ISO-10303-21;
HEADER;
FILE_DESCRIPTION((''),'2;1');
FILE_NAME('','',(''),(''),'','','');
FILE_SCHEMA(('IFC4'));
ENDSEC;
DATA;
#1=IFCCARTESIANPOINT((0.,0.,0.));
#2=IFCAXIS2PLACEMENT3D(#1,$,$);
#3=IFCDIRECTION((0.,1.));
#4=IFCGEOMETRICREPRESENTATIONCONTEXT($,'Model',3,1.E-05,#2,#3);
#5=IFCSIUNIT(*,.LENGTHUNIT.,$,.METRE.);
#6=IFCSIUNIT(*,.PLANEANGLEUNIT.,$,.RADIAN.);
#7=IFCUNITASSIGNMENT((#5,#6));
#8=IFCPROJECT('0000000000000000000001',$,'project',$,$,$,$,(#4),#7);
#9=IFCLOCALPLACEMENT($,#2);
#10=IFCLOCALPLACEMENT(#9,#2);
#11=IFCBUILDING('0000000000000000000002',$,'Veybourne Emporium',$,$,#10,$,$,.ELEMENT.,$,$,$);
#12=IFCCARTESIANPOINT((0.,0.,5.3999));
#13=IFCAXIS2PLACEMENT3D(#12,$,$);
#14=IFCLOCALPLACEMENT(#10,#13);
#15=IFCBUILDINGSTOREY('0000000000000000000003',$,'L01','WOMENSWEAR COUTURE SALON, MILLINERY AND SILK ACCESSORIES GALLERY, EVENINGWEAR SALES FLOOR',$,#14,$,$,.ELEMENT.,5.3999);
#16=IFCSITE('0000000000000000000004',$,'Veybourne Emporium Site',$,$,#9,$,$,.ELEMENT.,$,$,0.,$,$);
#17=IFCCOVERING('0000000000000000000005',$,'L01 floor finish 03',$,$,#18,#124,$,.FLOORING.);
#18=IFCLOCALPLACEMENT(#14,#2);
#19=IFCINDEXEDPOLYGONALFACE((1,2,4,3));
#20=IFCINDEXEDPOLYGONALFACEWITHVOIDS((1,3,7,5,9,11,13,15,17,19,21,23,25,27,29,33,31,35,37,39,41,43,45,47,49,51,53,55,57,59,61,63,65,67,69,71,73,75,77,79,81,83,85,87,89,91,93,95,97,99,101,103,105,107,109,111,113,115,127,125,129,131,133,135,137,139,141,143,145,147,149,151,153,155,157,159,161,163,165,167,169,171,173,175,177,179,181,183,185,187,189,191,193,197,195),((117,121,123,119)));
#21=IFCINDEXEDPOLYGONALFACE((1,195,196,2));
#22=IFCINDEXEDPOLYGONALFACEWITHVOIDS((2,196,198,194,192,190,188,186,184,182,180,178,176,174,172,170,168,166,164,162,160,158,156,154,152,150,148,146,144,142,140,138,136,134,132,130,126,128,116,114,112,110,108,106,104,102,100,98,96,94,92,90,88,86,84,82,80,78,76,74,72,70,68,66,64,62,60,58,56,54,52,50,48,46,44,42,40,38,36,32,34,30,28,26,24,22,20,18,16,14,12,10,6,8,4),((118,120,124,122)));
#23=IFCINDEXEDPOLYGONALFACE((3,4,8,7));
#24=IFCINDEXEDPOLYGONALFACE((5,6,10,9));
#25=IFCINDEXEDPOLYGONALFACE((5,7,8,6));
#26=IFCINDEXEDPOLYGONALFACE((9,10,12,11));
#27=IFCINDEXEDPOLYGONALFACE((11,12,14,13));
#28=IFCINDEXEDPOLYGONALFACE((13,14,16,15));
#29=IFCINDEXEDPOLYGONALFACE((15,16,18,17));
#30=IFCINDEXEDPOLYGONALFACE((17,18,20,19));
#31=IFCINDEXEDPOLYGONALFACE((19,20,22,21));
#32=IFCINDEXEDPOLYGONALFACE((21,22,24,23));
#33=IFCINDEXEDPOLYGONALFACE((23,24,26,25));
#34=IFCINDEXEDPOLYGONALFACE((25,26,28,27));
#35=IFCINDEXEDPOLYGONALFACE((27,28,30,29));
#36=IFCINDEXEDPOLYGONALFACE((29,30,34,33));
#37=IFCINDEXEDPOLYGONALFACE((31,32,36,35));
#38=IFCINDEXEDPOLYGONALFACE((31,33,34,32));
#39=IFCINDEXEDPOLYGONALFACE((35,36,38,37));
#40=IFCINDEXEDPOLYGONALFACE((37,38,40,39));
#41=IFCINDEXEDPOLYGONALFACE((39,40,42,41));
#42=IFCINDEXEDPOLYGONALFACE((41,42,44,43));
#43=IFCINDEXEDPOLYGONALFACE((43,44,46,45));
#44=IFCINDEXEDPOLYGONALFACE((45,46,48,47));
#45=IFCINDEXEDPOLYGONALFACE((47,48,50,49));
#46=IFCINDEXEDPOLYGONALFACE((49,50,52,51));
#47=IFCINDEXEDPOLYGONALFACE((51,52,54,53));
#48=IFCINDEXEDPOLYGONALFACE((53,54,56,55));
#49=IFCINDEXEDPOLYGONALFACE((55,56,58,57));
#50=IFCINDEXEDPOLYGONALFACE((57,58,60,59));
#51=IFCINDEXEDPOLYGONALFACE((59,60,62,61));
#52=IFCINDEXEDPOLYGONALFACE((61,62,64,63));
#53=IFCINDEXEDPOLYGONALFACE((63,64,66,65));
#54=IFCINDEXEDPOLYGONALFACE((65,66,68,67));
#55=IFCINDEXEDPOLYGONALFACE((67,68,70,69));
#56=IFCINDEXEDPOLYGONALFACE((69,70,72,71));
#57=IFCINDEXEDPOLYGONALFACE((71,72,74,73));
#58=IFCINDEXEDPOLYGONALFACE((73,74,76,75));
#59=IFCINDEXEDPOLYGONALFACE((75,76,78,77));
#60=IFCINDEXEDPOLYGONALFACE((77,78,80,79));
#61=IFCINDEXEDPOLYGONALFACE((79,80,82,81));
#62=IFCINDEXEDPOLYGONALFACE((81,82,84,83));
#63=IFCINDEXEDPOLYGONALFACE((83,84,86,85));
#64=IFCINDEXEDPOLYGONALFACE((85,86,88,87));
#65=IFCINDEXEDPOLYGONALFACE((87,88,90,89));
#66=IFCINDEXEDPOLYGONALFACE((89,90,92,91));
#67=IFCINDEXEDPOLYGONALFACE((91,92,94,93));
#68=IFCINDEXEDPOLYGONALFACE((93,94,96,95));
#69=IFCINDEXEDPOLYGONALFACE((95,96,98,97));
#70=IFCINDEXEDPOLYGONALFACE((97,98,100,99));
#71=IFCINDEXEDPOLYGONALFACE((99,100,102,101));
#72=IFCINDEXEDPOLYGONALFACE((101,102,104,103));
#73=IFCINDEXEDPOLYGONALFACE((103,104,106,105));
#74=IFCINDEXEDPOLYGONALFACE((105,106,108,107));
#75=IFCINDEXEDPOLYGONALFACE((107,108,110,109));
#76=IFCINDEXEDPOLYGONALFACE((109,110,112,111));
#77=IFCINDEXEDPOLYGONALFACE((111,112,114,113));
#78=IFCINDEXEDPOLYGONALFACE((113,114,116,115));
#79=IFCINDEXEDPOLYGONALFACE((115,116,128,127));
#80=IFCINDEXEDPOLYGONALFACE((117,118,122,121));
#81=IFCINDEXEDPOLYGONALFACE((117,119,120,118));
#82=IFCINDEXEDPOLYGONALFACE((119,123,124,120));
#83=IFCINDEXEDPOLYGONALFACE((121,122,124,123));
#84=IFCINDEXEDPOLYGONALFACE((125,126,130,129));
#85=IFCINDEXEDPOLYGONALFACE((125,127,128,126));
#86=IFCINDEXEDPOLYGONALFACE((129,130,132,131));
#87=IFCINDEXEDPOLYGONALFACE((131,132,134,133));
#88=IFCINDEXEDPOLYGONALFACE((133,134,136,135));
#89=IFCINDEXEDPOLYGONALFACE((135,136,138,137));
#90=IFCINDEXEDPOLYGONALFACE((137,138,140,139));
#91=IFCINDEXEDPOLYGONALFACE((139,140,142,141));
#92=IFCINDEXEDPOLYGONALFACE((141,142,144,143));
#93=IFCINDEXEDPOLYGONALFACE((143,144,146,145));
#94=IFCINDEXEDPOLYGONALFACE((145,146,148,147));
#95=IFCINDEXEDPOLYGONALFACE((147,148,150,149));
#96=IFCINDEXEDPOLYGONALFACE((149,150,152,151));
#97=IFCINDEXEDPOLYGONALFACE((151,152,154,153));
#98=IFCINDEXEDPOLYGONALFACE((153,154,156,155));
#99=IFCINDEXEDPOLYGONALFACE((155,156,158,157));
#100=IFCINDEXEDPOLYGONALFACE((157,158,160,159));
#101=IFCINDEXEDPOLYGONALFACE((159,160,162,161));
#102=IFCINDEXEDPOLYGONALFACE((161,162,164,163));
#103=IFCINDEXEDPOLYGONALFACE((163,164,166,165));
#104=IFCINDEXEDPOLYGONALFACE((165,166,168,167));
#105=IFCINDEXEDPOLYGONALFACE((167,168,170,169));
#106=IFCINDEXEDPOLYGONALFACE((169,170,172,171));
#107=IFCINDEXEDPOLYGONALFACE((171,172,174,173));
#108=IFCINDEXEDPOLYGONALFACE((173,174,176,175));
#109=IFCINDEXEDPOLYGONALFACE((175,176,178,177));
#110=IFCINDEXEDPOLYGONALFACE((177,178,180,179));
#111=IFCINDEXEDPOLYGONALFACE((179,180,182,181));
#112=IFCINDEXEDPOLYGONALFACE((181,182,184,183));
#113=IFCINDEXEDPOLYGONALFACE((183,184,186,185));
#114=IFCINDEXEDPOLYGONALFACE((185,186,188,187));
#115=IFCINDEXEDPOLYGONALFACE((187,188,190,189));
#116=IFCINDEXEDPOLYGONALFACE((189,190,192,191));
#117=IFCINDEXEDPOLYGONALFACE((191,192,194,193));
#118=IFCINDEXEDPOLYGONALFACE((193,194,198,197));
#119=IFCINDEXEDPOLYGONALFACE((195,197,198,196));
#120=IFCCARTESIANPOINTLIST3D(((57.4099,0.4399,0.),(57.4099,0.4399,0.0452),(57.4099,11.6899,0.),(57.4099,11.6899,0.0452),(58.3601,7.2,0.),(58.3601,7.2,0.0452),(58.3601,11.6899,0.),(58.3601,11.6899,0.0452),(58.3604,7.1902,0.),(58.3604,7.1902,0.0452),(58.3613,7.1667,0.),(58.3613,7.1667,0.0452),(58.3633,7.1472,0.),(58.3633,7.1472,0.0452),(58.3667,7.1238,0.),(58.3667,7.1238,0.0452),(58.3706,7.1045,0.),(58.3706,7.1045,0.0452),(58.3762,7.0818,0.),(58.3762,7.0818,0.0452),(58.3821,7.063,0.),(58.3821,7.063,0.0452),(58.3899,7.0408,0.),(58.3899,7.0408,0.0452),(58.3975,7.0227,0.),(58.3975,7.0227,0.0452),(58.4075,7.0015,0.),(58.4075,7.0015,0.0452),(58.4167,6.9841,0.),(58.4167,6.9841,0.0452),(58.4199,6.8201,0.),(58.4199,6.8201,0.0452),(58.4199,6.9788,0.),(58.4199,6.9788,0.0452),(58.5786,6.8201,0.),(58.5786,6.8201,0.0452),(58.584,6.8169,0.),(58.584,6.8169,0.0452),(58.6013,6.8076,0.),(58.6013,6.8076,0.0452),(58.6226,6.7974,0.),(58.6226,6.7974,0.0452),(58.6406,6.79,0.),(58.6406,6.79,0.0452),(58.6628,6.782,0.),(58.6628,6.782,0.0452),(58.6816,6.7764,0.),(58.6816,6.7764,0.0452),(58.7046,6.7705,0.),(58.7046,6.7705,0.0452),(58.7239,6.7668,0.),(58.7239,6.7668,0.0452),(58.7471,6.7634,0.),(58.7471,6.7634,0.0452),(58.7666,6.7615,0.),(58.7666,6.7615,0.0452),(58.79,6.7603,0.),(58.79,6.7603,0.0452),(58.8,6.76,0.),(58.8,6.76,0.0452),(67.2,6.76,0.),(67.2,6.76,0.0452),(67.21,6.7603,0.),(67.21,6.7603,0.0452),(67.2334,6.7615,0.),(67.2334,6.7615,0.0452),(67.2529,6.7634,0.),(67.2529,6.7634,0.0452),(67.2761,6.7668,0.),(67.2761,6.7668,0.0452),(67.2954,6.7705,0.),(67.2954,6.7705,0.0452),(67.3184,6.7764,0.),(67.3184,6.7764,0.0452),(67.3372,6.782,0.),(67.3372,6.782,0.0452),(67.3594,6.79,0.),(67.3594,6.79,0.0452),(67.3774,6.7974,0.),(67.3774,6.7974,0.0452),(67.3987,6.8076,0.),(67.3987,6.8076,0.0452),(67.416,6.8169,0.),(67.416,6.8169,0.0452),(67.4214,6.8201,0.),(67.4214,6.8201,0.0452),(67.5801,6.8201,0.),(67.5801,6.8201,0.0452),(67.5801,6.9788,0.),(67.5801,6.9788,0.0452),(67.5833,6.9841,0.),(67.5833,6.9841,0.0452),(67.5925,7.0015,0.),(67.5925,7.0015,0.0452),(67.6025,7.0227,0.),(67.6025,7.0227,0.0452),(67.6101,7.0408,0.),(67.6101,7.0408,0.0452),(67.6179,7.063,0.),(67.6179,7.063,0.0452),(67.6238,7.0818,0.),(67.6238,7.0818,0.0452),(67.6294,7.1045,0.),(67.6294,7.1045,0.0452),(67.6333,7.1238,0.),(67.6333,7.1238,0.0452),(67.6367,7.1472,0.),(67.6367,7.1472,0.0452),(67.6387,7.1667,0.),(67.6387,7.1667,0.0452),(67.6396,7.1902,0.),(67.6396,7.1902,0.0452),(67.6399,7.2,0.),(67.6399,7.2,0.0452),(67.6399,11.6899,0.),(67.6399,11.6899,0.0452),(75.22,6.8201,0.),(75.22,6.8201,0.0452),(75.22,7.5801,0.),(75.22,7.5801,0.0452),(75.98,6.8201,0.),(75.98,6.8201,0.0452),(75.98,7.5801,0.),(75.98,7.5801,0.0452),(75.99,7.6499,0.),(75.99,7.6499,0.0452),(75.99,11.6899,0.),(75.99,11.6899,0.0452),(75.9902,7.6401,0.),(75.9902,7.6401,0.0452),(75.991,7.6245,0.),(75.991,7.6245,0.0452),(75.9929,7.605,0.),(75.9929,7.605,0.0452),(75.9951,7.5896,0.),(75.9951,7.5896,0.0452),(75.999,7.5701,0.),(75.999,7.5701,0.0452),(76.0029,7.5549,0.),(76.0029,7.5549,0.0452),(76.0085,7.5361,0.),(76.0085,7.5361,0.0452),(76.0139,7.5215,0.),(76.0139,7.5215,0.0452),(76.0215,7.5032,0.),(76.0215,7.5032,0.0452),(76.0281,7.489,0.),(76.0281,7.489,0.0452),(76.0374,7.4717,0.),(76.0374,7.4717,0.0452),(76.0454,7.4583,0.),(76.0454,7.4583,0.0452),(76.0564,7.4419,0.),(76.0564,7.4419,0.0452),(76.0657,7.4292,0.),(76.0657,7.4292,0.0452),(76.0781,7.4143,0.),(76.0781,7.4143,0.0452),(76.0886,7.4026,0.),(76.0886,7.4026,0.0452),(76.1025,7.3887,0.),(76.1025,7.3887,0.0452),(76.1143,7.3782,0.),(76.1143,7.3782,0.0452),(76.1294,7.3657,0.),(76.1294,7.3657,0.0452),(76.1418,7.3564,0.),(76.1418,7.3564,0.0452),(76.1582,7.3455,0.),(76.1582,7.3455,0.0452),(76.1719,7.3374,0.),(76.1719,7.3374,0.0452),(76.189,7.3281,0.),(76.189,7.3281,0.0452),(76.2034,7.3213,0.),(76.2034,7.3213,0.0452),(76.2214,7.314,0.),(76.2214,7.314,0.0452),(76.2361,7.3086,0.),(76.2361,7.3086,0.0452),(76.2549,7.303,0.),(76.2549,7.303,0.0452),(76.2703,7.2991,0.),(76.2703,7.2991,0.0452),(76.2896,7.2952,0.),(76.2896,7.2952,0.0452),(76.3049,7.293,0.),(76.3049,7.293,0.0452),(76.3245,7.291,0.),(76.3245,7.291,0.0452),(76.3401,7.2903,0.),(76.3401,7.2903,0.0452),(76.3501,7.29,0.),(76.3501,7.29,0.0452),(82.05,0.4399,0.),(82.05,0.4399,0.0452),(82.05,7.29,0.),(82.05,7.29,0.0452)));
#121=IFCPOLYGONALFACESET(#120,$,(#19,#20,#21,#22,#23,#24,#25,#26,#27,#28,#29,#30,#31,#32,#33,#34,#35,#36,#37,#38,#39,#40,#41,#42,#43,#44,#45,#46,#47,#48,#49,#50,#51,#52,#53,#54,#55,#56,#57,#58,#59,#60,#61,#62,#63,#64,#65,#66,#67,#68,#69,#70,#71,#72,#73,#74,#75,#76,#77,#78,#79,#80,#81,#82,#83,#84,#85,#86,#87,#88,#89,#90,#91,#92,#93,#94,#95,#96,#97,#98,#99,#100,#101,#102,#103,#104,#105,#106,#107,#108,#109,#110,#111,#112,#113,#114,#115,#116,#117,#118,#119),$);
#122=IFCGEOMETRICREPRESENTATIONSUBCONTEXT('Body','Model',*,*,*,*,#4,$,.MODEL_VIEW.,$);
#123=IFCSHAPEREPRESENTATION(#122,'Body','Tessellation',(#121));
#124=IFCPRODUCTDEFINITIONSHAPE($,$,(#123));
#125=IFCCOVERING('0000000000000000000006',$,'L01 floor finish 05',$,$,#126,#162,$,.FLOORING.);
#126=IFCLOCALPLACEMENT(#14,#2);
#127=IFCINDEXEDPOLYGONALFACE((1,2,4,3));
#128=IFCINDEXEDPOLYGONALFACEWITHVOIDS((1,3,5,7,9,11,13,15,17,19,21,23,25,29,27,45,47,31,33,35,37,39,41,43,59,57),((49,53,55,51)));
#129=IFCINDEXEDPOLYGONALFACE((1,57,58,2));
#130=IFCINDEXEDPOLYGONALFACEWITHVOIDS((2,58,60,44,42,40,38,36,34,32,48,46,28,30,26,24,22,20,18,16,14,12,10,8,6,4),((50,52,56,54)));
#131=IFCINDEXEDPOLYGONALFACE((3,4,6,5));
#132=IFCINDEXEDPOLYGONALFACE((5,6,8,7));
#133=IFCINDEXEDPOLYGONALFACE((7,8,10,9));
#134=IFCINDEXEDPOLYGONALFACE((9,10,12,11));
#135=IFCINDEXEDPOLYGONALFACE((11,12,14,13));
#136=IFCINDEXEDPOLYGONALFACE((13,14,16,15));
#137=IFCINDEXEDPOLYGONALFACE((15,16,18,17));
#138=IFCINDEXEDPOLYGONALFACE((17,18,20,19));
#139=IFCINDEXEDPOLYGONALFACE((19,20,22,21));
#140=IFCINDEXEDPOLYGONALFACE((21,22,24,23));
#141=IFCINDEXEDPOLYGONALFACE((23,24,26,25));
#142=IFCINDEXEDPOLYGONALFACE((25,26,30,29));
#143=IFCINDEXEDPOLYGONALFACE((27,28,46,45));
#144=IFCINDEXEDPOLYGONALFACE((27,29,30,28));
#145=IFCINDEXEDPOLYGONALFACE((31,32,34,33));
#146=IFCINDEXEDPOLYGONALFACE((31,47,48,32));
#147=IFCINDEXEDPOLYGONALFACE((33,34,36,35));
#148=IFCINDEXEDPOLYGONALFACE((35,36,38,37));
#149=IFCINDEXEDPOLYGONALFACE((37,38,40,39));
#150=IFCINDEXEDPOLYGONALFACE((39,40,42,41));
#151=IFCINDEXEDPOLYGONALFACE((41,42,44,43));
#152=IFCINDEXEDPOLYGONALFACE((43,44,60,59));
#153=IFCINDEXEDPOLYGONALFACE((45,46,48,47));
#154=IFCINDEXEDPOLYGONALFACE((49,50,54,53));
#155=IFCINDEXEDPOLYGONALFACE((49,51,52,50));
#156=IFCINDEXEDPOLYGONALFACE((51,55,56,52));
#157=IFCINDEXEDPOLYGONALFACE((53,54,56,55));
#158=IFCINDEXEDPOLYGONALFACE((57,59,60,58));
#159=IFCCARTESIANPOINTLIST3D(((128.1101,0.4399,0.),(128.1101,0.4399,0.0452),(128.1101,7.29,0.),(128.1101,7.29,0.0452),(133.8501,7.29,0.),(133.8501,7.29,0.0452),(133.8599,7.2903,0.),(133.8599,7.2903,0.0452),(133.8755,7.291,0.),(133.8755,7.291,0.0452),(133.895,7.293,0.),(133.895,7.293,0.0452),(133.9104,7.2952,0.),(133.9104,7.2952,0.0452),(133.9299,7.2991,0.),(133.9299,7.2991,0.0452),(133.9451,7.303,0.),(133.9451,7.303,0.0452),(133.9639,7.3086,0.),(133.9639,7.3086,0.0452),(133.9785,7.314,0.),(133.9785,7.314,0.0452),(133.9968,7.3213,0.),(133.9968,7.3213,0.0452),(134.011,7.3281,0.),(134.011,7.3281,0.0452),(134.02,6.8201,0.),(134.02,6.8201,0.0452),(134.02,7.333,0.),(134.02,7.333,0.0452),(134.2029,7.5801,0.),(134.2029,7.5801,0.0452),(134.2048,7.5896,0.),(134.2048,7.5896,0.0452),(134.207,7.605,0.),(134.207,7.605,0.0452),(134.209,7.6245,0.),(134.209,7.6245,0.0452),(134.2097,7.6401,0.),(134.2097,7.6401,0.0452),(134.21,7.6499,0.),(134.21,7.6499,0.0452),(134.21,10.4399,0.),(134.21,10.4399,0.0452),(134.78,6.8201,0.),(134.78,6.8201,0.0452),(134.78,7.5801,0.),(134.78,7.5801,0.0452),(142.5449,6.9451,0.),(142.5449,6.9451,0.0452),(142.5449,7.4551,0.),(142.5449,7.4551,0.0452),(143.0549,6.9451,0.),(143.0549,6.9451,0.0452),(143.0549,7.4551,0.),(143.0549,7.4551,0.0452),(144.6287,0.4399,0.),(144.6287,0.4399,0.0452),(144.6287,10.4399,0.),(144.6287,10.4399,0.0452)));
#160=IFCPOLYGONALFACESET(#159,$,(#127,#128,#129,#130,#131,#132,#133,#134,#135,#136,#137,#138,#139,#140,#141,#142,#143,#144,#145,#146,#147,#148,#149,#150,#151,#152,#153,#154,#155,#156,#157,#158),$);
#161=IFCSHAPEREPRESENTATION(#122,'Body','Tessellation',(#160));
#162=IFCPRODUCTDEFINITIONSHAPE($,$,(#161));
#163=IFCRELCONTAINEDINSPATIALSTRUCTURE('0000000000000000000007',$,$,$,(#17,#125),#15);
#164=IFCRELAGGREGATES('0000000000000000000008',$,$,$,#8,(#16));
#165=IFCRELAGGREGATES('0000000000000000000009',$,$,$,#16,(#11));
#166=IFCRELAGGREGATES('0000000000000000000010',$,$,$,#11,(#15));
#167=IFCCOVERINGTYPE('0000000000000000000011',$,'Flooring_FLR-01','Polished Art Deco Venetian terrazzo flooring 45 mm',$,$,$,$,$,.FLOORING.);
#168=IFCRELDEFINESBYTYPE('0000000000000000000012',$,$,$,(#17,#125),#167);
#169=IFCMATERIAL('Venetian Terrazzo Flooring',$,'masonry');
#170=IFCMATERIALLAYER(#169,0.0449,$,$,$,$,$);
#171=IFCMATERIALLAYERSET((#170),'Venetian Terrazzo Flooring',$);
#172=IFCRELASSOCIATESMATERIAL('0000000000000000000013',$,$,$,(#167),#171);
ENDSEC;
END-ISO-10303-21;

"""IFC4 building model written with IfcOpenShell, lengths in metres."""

from ifc_helpers import new_model, si_unit, direction, frame, origin, place, context, subcontext, project, spatial, polyline, outline, extrude, material, layer, layer_set, type_object, element, save


model = new_model("IFC4")

# Units and contexts
model_context = context("Model", 3, precision=1e-05, world=origin(), true_north=direction((0.0, 1.0)))
body_context = subcontext(model_context, "Body", "Model", "MODEL_VIEW")
ifc_project = project(units=[si_unit("LENGTHUNIT", "METRE"), si_unit("PLANEANGLEUNIT", "RADIAN")], contexts=[model_context])

# Site, building, storey
site_placement = place(None, origin())
site = spatial("IfcSite", under=ifc_project, at=site_placement, Name="Veybourne Emporium Site", CompositionType="ELEMENT", RefElevation=0.0)
building_placement = place(site_placement, origin())
building = spatial("IfcBuilding", under=site, at=building_placement, Name="Veybourne Emporium", CompositionType="ELEMENT")
storey_placement = place(building_placement, frame((0.0, 0.0, 5.3999)))
storey = spatial("IfcBuildingStorey", under=building, at=storey_placement, Name="L01", Description="WOMENSWEAR COUTURE SALON, MILLINERY AND SILK ACCESSORIES GALLERY, EVENINGWEAR SALES FLOOR", CompositionType="ELEMENT", Elevation=5.3999)

# Coverings
ifc_material_1 = material(Name="Venetian Terrazzo Flooring", Category="masonry")
ifc_layer_1 = layer(ifc_material_1, 0.0449)
ifc_layer_set_1 = layer_set([ifc_layer_1], Name="Venetian Terrazzo Flooring")
covering_type_1 = type_object("IfcCoveringType", Name="Flooring_FLR-01", Description="Polished Art Deco Venetian terrazzo flooring 45 mm", PredefinedType="FLOORING", material=ifc_layer_set_1)
covering_1_placement = place(storey_placement, origin())
element("IfcCovering", 1, at=covering_1_placement, inside=storey, type_object=covering_type_1, Name="L01 floor finish 03", PredefinedType="FLOORING", context=body_context, shape_type="SweptSolid", body=[
    extrude(outline(polyline([(58.3604, 7.1902), (58.3613, 7.1667), (58.3633, 7.1472), (58.3667, 7.1238), (58.3706, 7.1045), (58.3762, 7.0818), (58.3821, 7.063), (58.3899, 7.0408), (58.3975, 7.0227), (58.4075, 7.0015), (58.4167, 6.9841), (58.4199, 6.9788), (58.4199, 6.8201), (58.5786, 6.8201), (58.584, 6.8169), (58.6013, 6.8076), (58.6226, 6.7974), (58.6406, 6.79), (58.6628, 6.782), (58.6816, 6.7764), (58.7046, 6.7705), (58.7239, 6.7668), (58.7471, 6.7634), (58.7666, 6.7615), (58.79, 6.7603), (58.8, 6.76), (67.2, 6.76), (67.21, 6.7603), (67.2334, 6.7615), (67.2529, 6.7634), (67.2761, 6.7668), (67.2954, 6.7705), (67.3184, 6.7764), (67.3372, 6.782), (67.3594, 6.79), (67.3774, 6.7974), (67.3987, 6.8076), (67.416, 6.8169), (67.4214, 6.8201), (67.5801, 6.8201), (67.5801, 6.9788), (67.5833, 6.9841), (67.5925, 7.0015), (67.6025, 7.0227), (67.6101, 7.0408), (67.6179, 7.063), (67.6238, 7.0818), (67.6294, 7.1045), (67.6333, 7.1238), (67.6367, 7.1472), (67.6387, 7.1667), (67.6396, 7.1902), (67.6399, 7.2), (67.6399, 11.6899), (75.99, 11.6899), (75.99, 7.6499), (75.9902, 7.6401), (75.991, 7.6245), (75.9929, 7.605), (75.9951, 7.5896), (75.999, 7.5701), (76.0029, 7.5549), (76.0085, 7.5361), (76.0139, 7.5215), (76.0215, 7.5032), (76.0281, 7.489), (76.0374, 7.4717), (76.0454, 7.4583), (76.0564, 7.4419), (76.0657, 7.4292), (76.0781, 7.4143), (76.0886, 7.4026), (76.1025, 7.3887), (76.1143, 7.3782), (76.1294, 7.3657), (76.1418, 7.3564), (76.1582, 7.3455), (76.1719, 7.3374), (76.189, 7.3281), (76.2034, 7.3213), (76.2214, 7.314), (76.2361, 7.3086), (76.2549, 7.303), (76.2703, 7.2991), (76.2896, 7.2952), (76.3049, 7.293), (76.3245, 7.291), (76.3401, 7.2903), (76.3501, 7.29), (82.05, 7.29), (82.05, 0.4399), (57.4099, 0.4399), (57.4099, 11.6899), (58.3601, 11.6899), (58.3601, 7.2), (58.3604, 7.1902)]), holes=[polyline([(75.98, 7.5801), (75.22, 7.5801), (75.22, 6.8201), (75.98, 6.8201), (75.98, 7.5801)])]), origin(), (0.0, 0.0, 1.0), 0.0452),
])
covering_2_placement = place(storey_placement, origin())
element("IfcCovering", 2, at=covering_2_placement, inside=storey, type_object=covering_type_1, Name="L01 floor finish 05", PredefinedType="FLOORING", context=body_context, shape_type="SweptSolid", body=[
    extrude(outline(polyline([(133.895, 7.293), (133.9104, 7.2952), (133.9299, 7.2991), (133.9451, 7.303), (133.9639, 7.3086), (133.9785, 7.314), (133.9968, 7.3213), (134.011, 7.3281), (134.02, 7.333), (134.02, 6.8201), (134.78, 6.8201), (134.78, 7.5801), (134.2029, 7.5801), (134.2048, 7.5896), (134.207, 7.605), (134.209, 7.6245), (134.2097, 7.6401), (134.21, 7.6499), (134.21, 10.4399), (144.6287, 10.4399), (144.6287, 0.4399), (128.1101, 0.4399), (128.1101, 7.29), (133.8501, 7.29), (133.8599, 7.2903), (133.8755, 7.291), (133.895, 7.293)]), holes=[polyline([(143.0549, 7.4551), (142.5449, 7.4551), (142.5449, 6.9451), (143.0549, 6.9451), (143.0549, 7.4551)])]), origin(), (0.0, 0.0, 1.0), 0.0452),
])

save(model, "model.ifc")
